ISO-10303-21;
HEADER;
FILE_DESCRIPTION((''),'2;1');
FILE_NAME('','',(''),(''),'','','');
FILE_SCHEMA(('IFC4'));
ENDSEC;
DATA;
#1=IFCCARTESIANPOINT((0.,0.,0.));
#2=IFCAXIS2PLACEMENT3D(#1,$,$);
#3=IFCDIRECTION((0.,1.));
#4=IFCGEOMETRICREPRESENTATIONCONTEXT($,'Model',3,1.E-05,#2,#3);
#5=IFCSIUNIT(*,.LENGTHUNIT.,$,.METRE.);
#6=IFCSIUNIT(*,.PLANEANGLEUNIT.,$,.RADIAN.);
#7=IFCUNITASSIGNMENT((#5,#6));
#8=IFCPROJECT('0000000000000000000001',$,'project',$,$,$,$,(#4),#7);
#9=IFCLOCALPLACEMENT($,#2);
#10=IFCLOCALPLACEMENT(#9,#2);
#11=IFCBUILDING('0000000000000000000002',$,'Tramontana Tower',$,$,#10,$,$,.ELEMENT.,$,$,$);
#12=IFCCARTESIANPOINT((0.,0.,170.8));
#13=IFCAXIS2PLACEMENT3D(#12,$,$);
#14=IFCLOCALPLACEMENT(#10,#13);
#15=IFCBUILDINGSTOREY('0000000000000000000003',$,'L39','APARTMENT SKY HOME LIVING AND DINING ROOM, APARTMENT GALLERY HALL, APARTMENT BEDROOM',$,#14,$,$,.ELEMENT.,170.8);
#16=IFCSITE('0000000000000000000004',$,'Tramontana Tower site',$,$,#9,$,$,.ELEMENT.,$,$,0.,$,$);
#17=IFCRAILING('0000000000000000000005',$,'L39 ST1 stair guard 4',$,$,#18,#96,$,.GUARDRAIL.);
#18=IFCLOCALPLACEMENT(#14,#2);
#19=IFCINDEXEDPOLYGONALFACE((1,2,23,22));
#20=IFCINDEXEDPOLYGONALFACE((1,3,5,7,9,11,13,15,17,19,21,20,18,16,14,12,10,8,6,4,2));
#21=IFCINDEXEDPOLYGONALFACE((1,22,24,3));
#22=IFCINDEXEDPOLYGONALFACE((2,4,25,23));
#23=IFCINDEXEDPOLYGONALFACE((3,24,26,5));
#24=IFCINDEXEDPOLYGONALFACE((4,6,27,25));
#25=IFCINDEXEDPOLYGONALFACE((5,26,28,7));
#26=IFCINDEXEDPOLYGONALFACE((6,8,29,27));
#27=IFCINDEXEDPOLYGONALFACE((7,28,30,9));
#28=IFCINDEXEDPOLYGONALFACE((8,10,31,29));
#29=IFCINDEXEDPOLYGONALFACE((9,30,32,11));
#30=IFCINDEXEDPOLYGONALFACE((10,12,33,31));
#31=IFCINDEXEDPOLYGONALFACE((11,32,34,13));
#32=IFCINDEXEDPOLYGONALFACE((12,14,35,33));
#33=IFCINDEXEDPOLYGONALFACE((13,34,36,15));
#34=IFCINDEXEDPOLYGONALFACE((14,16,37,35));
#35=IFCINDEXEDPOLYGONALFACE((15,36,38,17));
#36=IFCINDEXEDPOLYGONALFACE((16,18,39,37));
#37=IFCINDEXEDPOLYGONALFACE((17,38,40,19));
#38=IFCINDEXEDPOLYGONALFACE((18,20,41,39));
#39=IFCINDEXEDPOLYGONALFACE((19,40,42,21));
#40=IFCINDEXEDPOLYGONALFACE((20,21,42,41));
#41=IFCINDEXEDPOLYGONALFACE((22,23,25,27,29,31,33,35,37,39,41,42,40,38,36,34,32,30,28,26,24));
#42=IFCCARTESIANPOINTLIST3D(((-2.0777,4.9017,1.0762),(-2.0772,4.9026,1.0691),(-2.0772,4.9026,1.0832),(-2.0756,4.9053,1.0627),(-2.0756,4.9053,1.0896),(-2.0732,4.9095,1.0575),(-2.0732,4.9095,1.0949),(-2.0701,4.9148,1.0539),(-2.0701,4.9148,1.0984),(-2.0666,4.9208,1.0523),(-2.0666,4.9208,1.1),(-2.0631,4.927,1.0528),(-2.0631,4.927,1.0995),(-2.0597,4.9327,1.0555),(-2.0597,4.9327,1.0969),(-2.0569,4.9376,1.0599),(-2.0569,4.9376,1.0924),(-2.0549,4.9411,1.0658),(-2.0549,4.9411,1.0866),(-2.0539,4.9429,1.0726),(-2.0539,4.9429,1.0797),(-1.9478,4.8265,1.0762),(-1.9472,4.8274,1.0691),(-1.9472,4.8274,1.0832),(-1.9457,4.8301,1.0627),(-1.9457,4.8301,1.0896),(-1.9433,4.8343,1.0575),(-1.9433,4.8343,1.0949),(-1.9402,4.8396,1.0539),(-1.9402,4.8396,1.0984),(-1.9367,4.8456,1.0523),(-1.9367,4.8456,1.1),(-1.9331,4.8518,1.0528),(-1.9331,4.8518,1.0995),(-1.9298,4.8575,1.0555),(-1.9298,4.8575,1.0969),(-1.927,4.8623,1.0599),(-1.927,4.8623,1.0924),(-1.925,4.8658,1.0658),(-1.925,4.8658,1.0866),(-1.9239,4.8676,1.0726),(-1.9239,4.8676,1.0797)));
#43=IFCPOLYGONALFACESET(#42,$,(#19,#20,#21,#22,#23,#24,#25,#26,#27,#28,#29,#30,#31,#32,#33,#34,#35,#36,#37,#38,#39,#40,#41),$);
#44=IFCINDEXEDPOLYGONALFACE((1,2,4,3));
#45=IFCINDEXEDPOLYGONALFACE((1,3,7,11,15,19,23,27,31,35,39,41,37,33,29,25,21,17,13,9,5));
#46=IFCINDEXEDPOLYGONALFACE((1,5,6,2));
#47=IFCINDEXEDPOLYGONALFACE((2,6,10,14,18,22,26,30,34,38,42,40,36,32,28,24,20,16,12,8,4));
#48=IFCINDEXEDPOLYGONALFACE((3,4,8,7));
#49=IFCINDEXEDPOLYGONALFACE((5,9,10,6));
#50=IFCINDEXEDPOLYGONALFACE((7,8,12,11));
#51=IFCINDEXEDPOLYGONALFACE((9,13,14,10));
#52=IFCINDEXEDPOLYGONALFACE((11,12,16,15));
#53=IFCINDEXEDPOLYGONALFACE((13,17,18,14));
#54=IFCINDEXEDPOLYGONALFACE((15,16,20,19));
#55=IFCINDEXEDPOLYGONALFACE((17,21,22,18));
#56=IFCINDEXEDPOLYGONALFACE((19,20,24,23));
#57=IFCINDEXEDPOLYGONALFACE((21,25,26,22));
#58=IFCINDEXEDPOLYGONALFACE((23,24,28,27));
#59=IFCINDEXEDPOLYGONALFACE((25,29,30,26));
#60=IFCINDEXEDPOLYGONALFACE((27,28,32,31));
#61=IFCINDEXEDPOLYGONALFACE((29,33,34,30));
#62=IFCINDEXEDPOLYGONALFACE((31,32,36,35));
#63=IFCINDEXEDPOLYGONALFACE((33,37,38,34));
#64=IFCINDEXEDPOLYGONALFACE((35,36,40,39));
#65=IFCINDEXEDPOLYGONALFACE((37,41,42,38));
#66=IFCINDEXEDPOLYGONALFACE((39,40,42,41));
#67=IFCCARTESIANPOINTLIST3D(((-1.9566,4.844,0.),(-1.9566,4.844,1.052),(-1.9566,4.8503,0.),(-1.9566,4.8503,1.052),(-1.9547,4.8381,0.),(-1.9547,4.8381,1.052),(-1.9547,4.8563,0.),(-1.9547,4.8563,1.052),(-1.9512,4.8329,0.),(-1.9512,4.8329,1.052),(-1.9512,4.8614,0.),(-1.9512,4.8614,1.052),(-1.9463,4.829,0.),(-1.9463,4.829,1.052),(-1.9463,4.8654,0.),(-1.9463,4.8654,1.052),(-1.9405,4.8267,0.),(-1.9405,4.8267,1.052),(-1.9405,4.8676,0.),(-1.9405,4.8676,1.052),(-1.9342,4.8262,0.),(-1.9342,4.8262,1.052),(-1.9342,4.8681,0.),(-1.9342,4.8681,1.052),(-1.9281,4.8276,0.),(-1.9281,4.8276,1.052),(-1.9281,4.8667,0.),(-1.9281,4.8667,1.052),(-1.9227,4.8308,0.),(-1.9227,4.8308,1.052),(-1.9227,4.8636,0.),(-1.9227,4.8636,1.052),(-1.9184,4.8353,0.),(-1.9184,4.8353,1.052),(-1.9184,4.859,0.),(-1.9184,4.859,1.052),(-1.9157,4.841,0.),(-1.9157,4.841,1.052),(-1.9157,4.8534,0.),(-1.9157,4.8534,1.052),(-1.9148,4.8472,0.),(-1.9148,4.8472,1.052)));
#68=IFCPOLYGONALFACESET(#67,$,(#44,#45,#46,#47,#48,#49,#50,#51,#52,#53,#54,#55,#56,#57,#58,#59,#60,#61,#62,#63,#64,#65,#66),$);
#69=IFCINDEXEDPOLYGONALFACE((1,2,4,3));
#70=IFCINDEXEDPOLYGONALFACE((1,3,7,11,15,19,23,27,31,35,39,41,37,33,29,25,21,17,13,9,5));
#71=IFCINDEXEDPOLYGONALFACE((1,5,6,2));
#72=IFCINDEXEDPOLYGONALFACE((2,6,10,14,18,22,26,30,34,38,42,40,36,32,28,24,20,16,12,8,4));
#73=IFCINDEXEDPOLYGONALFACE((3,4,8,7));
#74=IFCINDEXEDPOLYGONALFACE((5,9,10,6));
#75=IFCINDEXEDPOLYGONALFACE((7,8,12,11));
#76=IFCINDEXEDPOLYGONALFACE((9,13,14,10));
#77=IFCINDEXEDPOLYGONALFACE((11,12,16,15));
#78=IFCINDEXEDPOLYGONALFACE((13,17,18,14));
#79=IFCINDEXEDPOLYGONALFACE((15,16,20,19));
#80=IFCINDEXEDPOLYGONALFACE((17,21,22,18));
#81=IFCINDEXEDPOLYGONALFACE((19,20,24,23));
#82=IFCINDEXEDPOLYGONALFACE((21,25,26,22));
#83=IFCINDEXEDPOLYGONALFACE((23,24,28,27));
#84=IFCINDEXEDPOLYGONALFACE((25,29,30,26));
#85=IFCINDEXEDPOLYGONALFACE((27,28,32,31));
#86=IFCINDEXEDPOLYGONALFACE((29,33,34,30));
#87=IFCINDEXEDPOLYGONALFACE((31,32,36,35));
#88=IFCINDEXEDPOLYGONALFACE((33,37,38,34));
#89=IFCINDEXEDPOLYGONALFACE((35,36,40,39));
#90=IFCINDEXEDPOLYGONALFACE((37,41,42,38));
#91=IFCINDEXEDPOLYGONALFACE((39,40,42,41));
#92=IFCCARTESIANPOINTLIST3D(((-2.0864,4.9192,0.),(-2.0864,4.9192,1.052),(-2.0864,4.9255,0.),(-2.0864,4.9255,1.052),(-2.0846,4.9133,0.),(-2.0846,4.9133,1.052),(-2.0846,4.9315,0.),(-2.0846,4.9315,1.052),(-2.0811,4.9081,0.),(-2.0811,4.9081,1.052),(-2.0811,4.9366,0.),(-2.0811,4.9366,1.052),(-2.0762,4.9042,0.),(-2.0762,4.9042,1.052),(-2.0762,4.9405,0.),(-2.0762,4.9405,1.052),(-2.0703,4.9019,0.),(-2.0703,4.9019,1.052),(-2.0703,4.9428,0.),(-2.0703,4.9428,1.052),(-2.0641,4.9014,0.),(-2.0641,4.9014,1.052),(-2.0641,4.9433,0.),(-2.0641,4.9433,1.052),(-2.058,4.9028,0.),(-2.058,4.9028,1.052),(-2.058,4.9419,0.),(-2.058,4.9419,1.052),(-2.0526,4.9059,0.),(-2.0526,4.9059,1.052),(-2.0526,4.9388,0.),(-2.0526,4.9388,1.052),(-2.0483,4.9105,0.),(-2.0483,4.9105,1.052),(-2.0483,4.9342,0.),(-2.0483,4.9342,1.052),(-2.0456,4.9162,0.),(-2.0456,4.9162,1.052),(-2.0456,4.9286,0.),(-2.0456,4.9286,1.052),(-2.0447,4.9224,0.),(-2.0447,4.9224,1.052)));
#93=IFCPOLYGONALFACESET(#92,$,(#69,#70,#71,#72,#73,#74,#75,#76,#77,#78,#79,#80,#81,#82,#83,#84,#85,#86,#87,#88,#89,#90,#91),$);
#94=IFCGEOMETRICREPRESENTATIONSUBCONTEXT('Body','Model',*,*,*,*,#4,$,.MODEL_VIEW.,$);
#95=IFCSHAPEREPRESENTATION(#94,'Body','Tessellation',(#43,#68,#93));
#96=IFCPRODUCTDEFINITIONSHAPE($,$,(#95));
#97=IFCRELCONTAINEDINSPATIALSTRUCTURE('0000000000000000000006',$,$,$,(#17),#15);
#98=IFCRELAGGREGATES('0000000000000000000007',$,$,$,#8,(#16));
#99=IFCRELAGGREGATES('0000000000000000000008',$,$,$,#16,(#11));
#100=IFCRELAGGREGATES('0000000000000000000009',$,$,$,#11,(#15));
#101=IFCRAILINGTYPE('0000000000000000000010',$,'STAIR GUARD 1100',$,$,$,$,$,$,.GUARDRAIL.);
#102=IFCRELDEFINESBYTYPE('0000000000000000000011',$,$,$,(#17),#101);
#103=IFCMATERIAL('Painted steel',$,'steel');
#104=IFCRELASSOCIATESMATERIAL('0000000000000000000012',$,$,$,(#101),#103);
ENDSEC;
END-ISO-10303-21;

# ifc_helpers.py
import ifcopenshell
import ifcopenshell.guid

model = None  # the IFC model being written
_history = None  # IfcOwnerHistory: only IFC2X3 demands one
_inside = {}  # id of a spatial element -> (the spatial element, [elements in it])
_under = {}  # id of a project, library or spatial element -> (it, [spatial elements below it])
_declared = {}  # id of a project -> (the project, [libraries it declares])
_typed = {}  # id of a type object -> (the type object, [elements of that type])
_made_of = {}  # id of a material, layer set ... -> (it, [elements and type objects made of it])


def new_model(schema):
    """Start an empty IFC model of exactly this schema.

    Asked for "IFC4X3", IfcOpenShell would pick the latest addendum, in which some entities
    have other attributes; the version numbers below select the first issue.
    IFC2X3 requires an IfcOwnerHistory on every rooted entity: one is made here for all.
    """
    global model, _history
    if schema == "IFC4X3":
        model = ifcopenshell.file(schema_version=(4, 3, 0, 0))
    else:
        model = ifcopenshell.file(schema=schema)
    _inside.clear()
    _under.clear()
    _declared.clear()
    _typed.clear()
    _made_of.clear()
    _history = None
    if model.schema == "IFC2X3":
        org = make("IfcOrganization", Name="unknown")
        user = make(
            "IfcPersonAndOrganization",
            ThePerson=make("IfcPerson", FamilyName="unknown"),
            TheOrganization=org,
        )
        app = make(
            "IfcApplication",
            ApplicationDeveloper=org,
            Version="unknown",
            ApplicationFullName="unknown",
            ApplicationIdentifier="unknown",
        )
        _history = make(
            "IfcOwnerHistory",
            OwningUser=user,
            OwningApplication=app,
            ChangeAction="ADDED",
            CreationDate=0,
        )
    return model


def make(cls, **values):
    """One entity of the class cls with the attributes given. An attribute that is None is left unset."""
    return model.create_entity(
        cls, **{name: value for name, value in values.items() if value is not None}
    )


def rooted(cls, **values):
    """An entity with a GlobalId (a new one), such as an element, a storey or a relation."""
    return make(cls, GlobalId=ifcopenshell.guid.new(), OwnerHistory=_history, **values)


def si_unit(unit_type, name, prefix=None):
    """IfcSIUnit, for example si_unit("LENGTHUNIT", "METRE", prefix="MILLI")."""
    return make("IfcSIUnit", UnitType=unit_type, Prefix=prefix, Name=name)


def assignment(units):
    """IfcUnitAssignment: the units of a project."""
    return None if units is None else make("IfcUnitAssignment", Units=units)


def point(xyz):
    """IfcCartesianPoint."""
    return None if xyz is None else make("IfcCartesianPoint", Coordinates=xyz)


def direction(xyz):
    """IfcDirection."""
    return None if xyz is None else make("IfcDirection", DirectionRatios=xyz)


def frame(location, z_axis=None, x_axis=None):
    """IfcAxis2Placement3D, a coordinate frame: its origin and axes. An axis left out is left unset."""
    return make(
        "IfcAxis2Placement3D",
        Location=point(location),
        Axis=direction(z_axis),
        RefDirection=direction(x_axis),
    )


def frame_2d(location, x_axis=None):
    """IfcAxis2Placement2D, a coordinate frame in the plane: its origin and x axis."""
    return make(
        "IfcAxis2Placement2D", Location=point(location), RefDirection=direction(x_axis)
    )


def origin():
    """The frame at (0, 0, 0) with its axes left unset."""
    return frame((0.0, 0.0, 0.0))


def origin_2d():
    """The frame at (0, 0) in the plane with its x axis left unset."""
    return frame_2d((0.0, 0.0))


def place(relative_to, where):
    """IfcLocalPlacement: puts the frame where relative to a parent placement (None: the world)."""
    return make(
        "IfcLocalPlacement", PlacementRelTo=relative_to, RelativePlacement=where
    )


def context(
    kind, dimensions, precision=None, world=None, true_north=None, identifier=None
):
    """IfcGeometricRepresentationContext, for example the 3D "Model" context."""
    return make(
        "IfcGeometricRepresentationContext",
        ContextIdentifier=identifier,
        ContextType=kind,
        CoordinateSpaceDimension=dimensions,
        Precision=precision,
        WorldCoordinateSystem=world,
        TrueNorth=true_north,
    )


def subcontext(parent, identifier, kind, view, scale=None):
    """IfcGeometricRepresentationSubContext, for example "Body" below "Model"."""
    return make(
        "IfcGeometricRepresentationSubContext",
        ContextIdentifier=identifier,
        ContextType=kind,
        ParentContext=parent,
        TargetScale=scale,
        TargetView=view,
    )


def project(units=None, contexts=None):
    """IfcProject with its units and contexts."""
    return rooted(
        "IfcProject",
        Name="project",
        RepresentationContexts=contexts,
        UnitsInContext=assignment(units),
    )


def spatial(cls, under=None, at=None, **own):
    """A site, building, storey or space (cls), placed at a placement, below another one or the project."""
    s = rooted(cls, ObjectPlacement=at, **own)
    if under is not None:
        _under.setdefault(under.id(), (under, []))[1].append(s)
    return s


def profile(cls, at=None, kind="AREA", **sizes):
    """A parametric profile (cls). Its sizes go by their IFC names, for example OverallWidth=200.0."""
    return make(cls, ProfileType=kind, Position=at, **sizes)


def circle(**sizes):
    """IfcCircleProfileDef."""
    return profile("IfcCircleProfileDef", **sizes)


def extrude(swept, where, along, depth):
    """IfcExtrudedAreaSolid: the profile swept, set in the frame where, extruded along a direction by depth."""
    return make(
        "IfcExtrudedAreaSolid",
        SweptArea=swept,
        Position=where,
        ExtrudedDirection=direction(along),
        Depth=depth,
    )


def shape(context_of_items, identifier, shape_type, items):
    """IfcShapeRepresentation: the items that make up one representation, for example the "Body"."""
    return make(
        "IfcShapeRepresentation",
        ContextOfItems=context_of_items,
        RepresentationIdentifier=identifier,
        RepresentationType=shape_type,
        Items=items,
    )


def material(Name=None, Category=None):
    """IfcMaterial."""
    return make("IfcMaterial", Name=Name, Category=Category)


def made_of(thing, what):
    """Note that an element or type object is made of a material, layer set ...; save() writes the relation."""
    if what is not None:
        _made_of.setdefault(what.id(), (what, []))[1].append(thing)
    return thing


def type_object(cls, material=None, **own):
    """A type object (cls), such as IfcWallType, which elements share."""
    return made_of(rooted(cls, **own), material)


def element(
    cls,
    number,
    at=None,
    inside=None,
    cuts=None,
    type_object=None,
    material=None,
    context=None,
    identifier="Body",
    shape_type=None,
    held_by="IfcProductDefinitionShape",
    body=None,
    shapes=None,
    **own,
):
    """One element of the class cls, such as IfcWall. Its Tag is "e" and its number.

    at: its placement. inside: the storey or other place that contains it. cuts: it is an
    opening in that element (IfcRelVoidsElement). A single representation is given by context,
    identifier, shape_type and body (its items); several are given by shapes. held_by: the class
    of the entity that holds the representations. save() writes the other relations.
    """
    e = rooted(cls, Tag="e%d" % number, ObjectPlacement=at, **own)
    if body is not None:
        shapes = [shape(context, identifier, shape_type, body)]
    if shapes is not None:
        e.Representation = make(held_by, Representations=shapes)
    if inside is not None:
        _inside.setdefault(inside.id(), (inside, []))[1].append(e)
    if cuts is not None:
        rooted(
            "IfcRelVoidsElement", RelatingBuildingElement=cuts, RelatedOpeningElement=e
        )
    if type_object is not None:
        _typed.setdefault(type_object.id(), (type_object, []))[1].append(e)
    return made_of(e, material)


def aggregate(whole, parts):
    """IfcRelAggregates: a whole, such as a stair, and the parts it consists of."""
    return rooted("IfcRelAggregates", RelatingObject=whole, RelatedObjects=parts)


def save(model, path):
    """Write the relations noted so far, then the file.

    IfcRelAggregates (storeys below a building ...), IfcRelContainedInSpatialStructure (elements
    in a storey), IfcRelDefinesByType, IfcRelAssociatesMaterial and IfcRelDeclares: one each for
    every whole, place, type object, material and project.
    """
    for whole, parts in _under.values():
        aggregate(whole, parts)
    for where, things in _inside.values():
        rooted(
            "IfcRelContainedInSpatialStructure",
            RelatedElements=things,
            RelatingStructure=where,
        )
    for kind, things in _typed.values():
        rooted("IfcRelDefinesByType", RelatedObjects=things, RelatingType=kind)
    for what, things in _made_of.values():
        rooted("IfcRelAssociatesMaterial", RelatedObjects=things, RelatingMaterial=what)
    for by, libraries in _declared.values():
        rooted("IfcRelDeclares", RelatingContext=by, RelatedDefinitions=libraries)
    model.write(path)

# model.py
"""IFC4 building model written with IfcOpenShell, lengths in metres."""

from ifc_helpers import new_model, si_unit, direction, frame, origin, origin_2d, place, context, subcontext, project, spatial, circle, extrude, material, type_object, element, save


model = new_model("IFC4")

# Units and contexts
model_context = context("Model", 3, precision=1e-05, world=origin(), true_north=direction((0.0, 1.0)))
body_context = subcontext(model_context, "Body", "Model", "MODEL_VIEW")
ifc_project = project(units=[si_unit("LENGTHUNIT", "METRE"), si_unit("PLANEANGLEUNIT", "RADIAN")], contexts=[model_context])

# Site, building, storey
site_placement = place(None, origin())
site = spatial("IfcSite", under=ifc_project, at=site_placement, Name="Tramontana Tower site", CompositionType="ELEMENT", RefElevation=0.0)
building_placement = place(site_placement, origin())
building = spatial("IfcBuilding", under=site, at=building_placement, Name="Tramontana Tower", CompositionType="ELEMENT")
storey_placement = place(building_placement, frame((0.0, 0.0, 170.8)))
storey = spatial("IfcBuildingStorey", under=building, at=storey_placement, Name="L39", Description="APARTMENT SKY HOME LIVING AND DINING ROOM, APARTMENT GALLERY HALL, APARTMENT BEDROOM", CompositionType="ELEMENT", Elevation=170.8)

# Railing
ifc_material_1 = material(Name="Painted steel", Category="steel")
railing_type_1 = type_object("IfcRailingType", Name="STAIR GUARD 1100", PredefinedType="GUARDRAIL", material=ifc_material_1)
railing_1_placement = place(storey_placement, frame((-1.9358, 4.8472, 0.0)))
element("IfcRailing", 1, at=railing_1_placement, inside=storey, type_object=railing_type_1, Name="L39 ST1 stair guard 4", PredefinedType="GUARDRAIL", context=body_context, shape_type="SweptSolid", body=[
    extrude(circle(Radius=0.0239, at=origin_2d()), frame((0.0, 0.0, 1.0762), z_axis=(-0.865426, 0.501036, 0.0), x_axis=(-0.501036, -0.865426, 0.0)), (0.0, 0.0, 1.0), 0.1501),
    extrude(circle(Radius=0.021, at=origin_2d()), origin(), (0.0, 0.0, 1.0), 1.052),
    extrude(circle(Radius=0.021, at=origin_2d()), frame((-0.1299, 0.0752, 0.0)), (0.0, 0.0, 1.0), 1.052),
])

save(model, "model.ifc")
